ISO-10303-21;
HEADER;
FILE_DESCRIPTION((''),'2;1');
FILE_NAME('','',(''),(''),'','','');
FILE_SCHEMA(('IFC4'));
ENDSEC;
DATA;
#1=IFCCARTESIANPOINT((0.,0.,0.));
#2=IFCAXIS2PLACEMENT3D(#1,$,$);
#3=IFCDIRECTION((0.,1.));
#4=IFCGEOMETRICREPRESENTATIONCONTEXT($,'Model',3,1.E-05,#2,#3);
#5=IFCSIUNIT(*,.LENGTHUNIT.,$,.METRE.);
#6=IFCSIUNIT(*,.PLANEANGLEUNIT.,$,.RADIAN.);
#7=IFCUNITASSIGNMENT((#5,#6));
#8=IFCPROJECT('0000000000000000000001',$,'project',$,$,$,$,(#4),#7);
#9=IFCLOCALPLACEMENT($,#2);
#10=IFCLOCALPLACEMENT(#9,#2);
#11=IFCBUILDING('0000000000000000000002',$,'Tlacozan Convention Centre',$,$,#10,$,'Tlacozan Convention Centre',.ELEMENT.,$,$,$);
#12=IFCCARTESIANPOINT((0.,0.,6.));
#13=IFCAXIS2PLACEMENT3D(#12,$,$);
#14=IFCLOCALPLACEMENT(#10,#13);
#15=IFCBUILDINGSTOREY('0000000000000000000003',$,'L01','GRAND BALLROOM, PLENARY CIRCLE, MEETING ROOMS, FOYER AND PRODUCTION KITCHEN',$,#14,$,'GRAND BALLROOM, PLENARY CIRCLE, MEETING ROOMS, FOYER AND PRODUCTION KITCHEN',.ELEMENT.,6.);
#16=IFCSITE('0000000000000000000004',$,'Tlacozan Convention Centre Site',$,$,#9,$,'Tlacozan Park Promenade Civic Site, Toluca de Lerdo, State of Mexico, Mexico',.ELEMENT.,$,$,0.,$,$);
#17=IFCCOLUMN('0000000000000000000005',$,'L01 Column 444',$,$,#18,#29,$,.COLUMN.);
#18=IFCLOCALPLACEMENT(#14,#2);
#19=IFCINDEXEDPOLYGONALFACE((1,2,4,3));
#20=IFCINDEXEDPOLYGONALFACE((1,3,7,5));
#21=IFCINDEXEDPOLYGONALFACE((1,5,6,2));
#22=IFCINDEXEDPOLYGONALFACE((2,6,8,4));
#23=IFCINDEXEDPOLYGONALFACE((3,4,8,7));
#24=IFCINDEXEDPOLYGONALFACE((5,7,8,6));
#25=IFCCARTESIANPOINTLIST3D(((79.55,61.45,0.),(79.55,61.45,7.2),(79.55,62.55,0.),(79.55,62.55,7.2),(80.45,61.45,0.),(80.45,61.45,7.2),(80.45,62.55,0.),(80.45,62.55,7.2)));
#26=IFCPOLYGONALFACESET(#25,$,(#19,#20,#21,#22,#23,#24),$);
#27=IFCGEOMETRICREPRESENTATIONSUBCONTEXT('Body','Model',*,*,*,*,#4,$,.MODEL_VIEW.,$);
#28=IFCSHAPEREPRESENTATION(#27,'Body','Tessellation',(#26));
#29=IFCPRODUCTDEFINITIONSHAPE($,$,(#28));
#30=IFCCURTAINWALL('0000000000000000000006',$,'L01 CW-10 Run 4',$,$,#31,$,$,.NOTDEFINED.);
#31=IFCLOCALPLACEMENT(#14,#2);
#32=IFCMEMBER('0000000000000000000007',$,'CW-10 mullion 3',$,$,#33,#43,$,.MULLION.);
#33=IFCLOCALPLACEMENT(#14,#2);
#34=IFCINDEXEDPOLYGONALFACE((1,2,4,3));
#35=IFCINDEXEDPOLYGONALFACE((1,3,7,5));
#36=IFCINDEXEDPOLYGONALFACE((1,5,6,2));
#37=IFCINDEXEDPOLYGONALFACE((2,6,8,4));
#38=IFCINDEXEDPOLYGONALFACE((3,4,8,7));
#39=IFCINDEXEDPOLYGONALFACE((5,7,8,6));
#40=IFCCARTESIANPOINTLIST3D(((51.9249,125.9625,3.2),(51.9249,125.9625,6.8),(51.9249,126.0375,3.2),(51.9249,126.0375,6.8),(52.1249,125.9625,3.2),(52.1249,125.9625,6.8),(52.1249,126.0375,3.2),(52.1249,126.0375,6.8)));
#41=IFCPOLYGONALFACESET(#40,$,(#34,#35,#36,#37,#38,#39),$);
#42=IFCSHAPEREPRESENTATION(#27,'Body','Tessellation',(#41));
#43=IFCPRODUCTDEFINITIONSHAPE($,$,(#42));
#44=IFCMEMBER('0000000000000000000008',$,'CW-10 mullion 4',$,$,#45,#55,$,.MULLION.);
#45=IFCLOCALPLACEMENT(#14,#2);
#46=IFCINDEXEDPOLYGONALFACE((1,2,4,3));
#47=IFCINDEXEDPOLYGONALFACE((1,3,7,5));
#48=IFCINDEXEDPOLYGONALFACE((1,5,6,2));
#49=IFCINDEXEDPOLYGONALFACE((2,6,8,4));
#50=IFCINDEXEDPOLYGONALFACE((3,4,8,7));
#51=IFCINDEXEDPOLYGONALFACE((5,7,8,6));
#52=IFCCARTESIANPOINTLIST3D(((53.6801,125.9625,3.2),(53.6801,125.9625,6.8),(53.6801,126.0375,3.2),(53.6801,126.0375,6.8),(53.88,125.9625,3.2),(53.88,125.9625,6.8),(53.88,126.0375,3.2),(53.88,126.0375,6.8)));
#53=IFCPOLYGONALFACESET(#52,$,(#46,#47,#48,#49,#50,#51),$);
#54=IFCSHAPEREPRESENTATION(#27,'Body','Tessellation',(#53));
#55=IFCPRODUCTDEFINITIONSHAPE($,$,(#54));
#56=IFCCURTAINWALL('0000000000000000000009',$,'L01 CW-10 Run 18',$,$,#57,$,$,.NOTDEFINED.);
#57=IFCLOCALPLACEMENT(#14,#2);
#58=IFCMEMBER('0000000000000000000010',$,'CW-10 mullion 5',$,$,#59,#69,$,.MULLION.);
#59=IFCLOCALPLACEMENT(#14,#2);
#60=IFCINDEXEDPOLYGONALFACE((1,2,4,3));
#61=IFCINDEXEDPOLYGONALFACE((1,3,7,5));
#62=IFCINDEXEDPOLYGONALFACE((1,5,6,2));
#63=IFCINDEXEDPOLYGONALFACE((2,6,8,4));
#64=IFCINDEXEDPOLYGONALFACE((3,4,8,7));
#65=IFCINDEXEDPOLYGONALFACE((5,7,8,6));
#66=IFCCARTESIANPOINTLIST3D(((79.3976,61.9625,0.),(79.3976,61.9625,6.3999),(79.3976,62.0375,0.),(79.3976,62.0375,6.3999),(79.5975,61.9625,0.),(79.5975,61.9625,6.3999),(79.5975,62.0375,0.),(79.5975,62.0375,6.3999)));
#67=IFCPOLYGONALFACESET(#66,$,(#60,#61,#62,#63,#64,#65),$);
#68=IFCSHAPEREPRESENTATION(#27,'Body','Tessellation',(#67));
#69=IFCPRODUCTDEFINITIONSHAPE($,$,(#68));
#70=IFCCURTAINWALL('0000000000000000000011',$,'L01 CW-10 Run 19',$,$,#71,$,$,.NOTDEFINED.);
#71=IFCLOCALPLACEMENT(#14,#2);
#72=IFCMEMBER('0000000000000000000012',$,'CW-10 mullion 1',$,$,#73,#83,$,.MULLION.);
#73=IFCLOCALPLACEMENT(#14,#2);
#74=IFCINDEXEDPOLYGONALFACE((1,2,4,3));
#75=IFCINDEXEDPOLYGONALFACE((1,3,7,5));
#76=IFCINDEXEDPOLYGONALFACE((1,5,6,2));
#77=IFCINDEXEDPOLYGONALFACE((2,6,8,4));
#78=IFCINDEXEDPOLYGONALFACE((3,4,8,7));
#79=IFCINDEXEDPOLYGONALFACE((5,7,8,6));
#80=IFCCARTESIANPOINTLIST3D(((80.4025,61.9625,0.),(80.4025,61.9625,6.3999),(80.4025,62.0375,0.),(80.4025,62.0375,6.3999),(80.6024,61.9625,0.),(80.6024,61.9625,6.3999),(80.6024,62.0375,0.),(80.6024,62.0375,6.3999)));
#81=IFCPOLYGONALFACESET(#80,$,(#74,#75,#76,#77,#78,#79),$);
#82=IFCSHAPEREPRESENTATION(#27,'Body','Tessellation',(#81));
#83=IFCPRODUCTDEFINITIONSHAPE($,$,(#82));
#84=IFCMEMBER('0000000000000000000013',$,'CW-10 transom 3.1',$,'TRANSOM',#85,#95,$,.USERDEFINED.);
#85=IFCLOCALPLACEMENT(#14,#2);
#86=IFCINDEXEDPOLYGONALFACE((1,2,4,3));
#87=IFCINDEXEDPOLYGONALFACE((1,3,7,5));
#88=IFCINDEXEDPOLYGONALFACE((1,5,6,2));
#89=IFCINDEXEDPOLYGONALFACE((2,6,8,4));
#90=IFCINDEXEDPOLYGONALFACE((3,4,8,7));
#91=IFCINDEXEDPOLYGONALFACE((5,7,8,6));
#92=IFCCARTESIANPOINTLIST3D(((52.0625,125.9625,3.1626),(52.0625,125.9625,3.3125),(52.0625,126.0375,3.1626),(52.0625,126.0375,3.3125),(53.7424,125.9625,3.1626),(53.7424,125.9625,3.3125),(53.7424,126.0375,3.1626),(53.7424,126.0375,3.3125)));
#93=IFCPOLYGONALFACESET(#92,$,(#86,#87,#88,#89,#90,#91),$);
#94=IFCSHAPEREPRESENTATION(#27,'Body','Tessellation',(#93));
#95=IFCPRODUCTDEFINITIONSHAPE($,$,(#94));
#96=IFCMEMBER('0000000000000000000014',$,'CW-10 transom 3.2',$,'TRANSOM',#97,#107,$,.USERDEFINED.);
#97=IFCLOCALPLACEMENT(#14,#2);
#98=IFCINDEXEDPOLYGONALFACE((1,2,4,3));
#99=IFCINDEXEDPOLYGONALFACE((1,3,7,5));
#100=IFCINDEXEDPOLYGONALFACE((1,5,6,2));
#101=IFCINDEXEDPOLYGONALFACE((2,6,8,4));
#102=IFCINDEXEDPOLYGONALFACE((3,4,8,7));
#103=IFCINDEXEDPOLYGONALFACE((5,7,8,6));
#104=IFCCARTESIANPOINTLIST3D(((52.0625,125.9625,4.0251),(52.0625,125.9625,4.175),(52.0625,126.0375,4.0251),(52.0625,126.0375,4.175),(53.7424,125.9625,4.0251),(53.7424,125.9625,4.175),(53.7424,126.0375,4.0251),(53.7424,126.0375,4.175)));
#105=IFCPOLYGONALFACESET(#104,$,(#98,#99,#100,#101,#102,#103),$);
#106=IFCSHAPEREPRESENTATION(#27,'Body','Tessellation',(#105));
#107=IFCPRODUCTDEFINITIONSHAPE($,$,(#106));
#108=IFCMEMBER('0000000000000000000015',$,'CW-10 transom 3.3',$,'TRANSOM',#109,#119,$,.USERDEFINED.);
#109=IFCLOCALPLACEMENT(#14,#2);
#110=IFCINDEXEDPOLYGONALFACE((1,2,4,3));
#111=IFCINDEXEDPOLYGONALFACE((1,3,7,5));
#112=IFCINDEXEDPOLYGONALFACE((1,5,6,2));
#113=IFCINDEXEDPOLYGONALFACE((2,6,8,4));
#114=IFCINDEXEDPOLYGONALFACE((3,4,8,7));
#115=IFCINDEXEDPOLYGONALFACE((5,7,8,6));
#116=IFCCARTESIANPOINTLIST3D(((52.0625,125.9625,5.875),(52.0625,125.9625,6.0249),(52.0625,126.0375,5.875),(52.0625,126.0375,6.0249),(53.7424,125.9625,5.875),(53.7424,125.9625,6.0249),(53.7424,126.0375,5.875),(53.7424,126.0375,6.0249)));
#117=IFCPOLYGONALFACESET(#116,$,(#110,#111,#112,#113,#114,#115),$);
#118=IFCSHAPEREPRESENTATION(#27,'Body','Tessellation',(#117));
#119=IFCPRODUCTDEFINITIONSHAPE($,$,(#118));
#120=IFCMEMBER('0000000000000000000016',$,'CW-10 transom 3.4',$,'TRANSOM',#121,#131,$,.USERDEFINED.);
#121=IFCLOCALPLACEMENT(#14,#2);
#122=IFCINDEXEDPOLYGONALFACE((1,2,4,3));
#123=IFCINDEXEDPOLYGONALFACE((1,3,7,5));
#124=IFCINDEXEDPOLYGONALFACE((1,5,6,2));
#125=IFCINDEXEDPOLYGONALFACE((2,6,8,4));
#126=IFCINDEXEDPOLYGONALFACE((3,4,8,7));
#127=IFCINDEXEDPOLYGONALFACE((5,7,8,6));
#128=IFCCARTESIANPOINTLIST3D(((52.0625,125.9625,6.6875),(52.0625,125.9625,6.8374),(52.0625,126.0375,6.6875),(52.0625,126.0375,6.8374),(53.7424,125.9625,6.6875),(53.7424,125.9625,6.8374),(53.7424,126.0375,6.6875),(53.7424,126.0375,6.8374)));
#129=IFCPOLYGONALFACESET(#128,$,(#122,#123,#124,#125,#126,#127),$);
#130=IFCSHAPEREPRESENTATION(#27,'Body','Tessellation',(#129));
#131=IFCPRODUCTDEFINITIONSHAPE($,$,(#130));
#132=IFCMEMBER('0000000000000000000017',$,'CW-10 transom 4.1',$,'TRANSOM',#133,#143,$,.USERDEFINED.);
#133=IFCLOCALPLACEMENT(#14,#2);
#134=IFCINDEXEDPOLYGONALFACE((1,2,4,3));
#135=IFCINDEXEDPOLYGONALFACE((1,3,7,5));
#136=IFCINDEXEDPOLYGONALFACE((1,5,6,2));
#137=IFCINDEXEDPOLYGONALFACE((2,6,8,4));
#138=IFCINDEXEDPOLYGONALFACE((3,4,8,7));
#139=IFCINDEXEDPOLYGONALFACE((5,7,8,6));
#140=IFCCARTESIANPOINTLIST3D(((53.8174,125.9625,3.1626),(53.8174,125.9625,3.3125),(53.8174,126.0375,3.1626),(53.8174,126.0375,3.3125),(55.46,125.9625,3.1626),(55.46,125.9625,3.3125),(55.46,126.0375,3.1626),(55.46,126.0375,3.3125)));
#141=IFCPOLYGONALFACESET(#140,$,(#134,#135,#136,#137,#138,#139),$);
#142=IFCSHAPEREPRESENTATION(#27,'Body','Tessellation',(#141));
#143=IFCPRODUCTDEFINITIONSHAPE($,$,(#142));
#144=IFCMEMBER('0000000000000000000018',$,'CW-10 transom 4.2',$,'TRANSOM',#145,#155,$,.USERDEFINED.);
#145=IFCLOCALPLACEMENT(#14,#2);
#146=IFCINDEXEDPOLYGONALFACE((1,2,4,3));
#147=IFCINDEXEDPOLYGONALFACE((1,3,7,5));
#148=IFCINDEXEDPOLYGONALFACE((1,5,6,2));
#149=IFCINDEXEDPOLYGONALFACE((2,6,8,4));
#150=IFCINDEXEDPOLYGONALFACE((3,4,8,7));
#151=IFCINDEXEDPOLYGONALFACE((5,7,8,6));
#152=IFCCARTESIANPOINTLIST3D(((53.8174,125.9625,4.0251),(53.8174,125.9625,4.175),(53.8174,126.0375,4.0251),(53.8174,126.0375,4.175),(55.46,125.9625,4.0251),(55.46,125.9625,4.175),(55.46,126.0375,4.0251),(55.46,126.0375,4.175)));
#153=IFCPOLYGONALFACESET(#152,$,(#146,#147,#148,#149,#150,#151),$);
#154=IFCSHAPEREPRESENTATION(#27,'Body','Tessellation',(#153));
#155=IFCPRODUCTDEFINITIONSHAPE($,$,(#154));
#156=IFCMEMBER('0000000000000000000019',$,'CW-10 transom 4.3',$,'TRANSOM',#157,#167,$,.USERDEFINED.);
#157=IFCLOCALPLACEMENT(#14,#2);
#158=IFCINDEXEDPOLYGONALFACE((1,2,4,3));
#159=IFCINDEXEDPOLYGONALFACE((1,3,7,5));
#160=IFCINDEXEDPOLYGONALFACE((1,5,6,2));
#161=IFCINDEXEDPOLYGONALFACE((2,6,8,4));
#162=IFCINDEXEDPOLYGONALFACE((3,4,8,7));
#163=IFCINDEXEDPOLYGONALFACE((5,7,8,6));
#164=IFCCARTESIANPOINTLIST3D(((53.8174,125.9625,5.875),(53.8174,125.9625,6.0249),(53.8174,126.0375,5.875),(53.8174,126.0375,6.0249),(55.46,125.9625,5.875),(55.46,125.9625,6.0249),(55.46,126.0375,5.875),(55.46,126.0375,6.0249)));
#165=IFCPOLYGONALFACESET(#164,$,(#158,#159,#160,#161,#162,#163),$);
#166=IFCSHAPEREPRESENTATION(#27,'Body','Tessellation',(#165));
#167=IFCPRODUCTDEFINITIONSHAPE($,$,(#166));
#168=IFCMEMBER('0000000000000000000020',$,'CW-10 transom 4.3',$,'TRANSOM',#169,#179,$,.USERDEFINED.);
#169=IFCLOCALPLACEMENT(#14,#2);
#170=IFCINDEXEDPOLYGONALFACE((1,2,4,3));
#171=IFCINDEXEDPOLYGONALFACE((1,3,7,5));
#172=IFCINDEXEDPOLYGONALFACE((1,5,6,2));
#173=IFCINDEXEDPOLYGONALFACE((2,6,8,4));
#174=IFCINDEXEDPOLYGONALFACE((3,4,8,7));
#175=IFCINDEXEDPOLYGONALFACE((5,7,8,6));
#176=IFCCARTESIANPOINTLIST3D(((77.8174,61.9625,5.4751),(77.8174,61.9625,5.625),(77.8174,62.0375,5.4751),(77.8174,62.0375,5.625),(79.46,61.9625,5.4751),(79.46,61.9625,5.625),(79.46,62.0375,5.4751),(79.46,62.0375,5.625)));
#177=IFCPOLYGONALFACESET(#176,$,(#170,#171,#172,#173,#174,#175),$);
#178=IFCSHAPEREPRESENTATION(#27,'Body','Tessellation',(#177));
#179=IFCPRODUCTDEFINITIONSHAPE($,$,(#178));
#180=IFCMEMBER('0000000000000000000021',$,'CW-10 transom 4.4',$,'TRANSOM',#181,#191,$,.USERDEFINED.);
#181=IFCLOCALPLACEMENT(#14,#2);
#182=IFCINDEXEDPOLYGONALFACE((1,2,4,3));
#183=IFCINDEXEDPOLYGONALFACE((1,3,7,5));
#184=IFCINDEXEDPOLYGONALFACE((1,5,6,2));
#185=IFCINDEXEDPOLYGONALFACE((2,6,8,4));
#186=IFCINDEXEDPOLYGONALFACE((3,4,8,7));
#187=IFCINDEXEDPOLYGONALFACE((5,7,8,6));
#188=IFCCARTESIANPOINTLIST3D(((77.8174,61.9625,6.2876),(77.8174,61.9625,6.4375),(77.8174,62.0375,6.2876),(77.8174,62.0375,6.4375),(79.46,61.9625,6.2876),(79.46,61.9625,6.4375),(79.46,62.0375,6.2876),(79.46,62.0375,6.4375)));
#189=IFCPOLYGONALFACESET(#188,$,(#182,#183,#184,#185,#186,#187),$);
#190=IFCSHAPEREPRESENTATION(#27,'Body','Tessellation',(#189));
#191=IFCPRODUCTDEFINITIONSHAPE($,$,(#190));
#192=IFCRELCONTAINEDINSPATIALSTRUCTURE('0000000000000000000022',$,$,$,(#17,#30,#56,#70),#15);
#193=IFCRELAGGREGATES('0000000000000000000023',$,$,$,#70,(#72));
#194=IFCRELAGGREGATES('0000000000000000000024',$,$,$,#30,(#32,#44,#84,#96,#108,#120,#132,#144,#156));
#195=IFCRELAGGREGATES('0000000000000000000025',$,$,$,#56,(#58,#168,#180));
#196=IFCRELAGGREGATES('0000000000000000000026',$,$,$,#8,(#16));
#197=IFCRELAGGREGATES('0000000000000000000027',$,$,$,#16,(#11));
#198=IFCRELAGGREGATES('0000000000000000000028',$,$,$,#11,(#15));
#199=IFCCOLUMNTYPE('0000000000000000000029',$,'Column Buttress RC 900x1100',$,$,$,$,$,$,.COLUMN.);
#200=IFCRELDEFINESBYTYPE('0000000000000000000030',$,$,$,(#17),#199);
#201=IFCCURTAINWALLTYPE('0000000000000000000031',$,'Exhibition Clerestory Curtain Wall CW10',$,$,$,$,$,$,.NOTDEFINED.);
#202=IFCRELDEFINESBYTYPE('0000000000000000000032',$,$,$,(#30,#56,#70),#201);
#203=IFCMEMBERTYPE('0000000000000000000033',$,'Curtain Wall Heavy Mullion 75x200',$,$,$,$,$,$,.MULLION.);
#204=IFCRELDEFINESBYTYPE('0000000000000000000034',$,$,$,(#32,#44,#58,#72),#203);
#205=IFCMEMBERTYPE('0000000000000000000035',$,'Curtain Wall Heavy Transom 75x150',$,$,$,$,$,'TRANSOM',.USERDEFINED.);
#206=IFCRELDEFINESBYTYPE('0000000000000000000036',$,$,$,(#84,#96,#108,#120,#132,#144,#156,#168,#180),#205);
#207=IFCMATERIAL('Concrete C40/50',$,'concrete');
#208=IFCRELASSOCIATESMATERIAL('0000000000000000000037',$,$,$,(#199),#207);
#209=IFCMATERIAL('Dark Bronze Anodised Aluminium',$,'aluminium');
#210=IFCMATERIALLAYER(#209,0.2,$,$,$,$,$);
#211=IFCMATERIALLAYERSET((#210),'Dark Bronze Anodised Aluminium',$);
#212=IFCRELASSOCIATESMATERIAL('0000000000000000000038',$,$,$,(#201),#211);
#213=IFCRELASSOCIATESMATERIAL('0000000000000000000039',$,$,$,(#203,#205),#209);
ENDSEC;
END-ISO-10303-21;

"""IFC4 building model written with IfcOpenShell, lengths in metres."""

from ifc_helpers import new_model, si_unit, direction, frame, origin, origin_2d, place, context, subcontext, project, spatial, rectangle, extrude, material, layer, layer_set, material_profile, profile_set, type_object, element, aggregate, save


model = new_model("IFC4")

# Units and contexts
model_context = context("Model", 3, precision=1e-05, world=origin(), true_north=direction((0.0, 1.0)))
body_context = subcontext(model_context, "Body", "Model", "MODEL_VIEW")
ifc_project = project(units=[si_unit("LENGTHUNIT", "METRE"), si_unit("PLANEANGLEUNIT", "RADIAN")], contexts=[model_context])

# Site, building, storey
site_placement = place(None, origin())
site = spatial("IfcSite", under=ifc_project, at=site_placement, Name="Tlacozan Convention Centre Site", LongName="Tlacozan Park Promenade Civic Site, Toluca de Lerdo, State of Mexico, Mexico", CompositionType="ELEMENT", RefElevation=0.0)
building_placement = place(site_placement, origin())
building = spatial("IfcBuilding", under=site, at=building_placement, Name="Tlacozan Convention Centre", LongName="Tlacozan Convention Centre", CompositionType="ELEMENT")
storey_placement = place(building_placement, frame((0.0, 0.0, 6.0)))
storey = spatial("IfcBuildingStorey", under=building, at=storey_placement, Name="L01", Description="GRAND BALLROOM, PLENARY CIRCLE, MEETING ROOMS, FOYER AND PRODUCTION KITCHEN", LongName="GRAND BALLROOM, PLENARY CIRCLE, MEETING ROOMS, FOYER AND PRODUCTION KITCHEN", CompositionType="ELEMENT", Elevation=6.0)

# Column
ifc_material_1 = material(Name="Concrete C40/50", Category="concrete")
ifc_material_profile_1 = material_profile(ifc_material_1, rectangle(XDim=0.8999, YDim=1.1001, at=origin_2d()), Name="RC 900x1100")
ifc_profile_set_1 = profile_set([ifc_material_profile_1], Name="Concrete C40/50")
column_type = type_object("IfcColumnType", Name="Column Buttress RC 900x1100", PredefinedType="COLUMN", material=ifc_profile_set_1)
column_placement = place(storey_placement, frame((80.0, 62.0, 0.0), z_axis=(0.0, 0.0, 1.0), x_axis=(1.0, 0.0, 0.0)))
element("IfcColumn", 1, at=column_placement, inside=storey, type_object=column_type, Name="L01 Column 444", PredefinedType="COLUMN", context=body_context, shape_type="SweptSolid", body=[
    extrude(rectangle(XDim=0.8999, YDim=1.1001, at=origin_2d()), origin(), (0.0, 0.0, 1.0), 7.2),
])

# Curtain wall, members
ifc_material_2 = material(Name="Dark Bronze Anodised Aluminium", Category="aluminium")
ifc_layer_1 = layer(ifc_material_2, 0.2)
ifc_layer_set_1 = layer_set([ifc_layer_1], Name="Dark Bronze Anodised Aluminium")
curtain_wall_type = type_object("IfcCurtainWallType", Name="Exhibition Clerestory Curtain Wall CW10", PredefinedType="NOTDEFINED", material=ifc_layer_set_1)
curtain_wall_1_placement = place(storey_placement, origin())
curtain_wall_1 = element("IfcCurtainWall", 2, at=curtain_wall_1_placement, inside=storey, type_object=curtain_wall_type, Name="L01 CW-10 Run 4", PredefinedType="NOTDEFINED")
ifc_material_profile_2 = material_profile(ifc_material_2, rectangle(XDim=0.075, YDim=0.2, at=origin_2d()), Name="ALU 75x200")
ifc_profile_set_2 = profile_set([ifc_material_profile_2], Name="Dark Bronze Anodised Aluminium")
member_type_1 = type_object("IfcMemberType", Name="Curtain Wall Heavy Mullion 75x200", PredefinedType="MULLION", material=ifc_profile_set_2)
member_1_placement = place(storey_placement, frame((52.0249, 126.0, 3.2), z_axis=(0.0, 0.0, 1.0), x_axis=(0.0, 1.0, 0.0)))
member_1 = element("IfcMember", 3, at=member_1_placement, type_object=member_type_1, Name="CW-10 mullion 3", PredefinedType="MULLION", context=body_context, shape_type="SweptSolid", body=[
    extrude(rectangle(XDim=0.075, YDim=0.2, at=origin_2d()), origin(), (0.0, 0.0, 1.0), 3.6001),
])
member_2_placement = place(storey_placement, frame((53.78, 126.0, 3.2), z_axis=(0.0, 0.0, 1.0), x_axis=(0.0, 1.0, 0.0)))
member_2 = element("IfcMember", 4, at=member_2_placement, type_object=member_type_1, Name="CW-10 mullion 4", PredefinedType="MULLION", context=body_context, shape_type="SweptSolid", body=[
    extrude(rectangle(XDim=0.075, YDim=0.2, at=origin_2d()), origin(), (0.0, 0.0, 1.0), 3.6001),
])

# Curtain walls, members
curtain_wall_2_placement = place(storey_placement, origin())
curtain_wall_2 = element("IfcCurtainWall", 5, at=curtain_wall_2_placement, inside=storey, type_object=curtain_wall_type, Name="L01 CW-10 Run 18", PredefinedType="NOTDEFINED")
member_3_placement = place(storey_placement, frame((79.4976, 62.0, 0.0), z_axis=(0.0, 0.0, 1.0), x_axis=(0.0, 1.0, 0.0)))
member_3 = element("IfcMember", 6, at=member_3_placement, type_object=member_type_1, Name="CW-10 mullion 5", PredefinedType="MULLION", context=body_context, shape_type="SweptSolid", body=[
    extrude(rectangle(XDim=0.075, YDim=0.2, at=origin_2d()), origin(), (0.0, 0.0, 1.0), 6.3999),
])
curtain_wall_3_placement = place(storey_placement, origin())
curtain_wall_3 = element("IfcCurtainWall", 7, at=curtain_wall_3_placement, inside=storey, type_object=curtain_wall_type, Name="L01 CW-10 Run 19", PredefinedType="NOTDEFINED")
member_4_placement = place(storey_placement, frame((80.5024, 62.0, 0.0), z_axis=(0.0, 0.0, 1.0), x_axis=(0.0, 1.0, 0.0)))
member_4 = element("IfcMember", 8, at=member_4_placement, type_object=member_type_1, Name="CW-10 mullion 1", PredefinedType="MULLION", context=body_context, shape_type="SweptSolid", body=[
    extrude(rectangle(XDim=0.075, YDim=0.2, at=origin_2d()), origin(), (0.0, 0.0, 1.0), 6.3999),
])
aggregate(curtain_wall_3, [member_4])

# Members
ifc_material_profile_3 = material_profile(ifc_material_2, rectangle(XDim=0.075, YDim=0.1499, at=origin_2d()), Name="ALU 75x150")
ifc_profile_set_3 = profile_set([ifc_material_profile_3], Name="Dark Bronze Anodised Aluminium")
member_type_2 = type_object("IfcMemberType", Name="Curtain Wall Heavy Transom 75x150", ElementType="TRANSOM", PredefinedType="USERDEFINED", material=ifc_profile_set_3)
member_5_placement = place(storey_placement, frame((52.0625, 126.0, 3.2375), z_axis=(1.0, 0.0, 0.0), x_axis=(0.0, 1.0, 0.0)))
member_5 = element("IfcMember", 9, at=member_5_placement, type_object=member_type_2, Name="CW-10 transom 3.1", ObjectType="TRANSOM", PredefinedType="USERDEFINED", context=body_context, shape_type="SweptSolid", body=[
    extrude(rectangle(XDim=0.075, YDim=0.1499, at=origin_2d()), origin(), (0.0, 0.0, 1.0), 1.6799),
])
member_6_placement = place(storey_placement, frame((52.0625, 126.0, 4.1001), z_axis=(1.0, 0.0, 0.0), x_axis=(0.0, 1.0, 0.0)))
member_6 = element("IfcMember", 10, at=member_6_placement, type_object=member_type_2, Name="CW-10 transom 3.2", ObjectType="TRANSOM", PredefinedType="USERDEFINED", context=body_context, shape_type="SweptSolid", body=[
    extrude(rectangle(XDim=0.075, YDim=0.1499, at=origin_2d()), origin(), (0.0, 0.0, 1.0), 1.6799),
])
member_7_placement = place(storey_placement, frame((52.0625, 126.0, 5.95), z_axis=(1.0, 0.0, 0.0), x_axis=(0.0, 1.0, 0.0)))
member_7 = element("IfcMember", 11, at=member_7_placement, type_object=member_type_2, Name="CW-10 transom 3.3", ObjectType="TRANSOM", PredefinedType="USERDEFINED", context=body_context, shape_type="SweptSolid", body=[
    extrude(rectangle(XDim=0.075, YDim=0.1499, at=origin_2d()), origin(), (0.0, 0.0, 1.0), 1.6799),
])
member_8_placement = place(storey_placement, frame((52.0625, 126.0, 6.7625), z_axis=(1.0, 0.0, 0.0), x_axis=(0.0, 1.0, 0.0)))
member_8 = element("IfcMember", 12, at=member_8_placement, type_object=member_type_2, Name="CW-10 transom 3.4", ObjectType="TRANSOM", PredefinedType="USERDEFINED", context=body_context, shape_type="SweptSolid", body=[
    extrude(rectangle(XDim=0.075, YDim=0.1499, at=origin_2d()), origin(), (0.0, 0.0, 1.0), 1.6799),
])
member_9_placement = place(storey_placement, frame((53.8174, 126.0, 3.2375), z_axis=(1.0, 0.0, 0.0), x_axis=(0.0, 1.0, 0.0)))
member_9 = element("IfcMember", 13, at=member_9_placement, type_object=member_type_2, Name="CW-10 transom 4.1", ObjectType="TRANSOM", PredefinedType="USERDEFINED", context=body_context, shape_type="SweptSolid", body=[
    extrude(rectangle(XDim=0.075, YDim=0.1499, at=origin_2d()), origin(), (0.0, 0.0, 1.0), 1.6426),
])
member_10_placement = place(storey_placement, frame((53.8174, 126.0, 4.1001), z_axis=(1.0, 0.0, 0.0), x_axis=(0.0, 1.0, 0.0)))
member_10 = element("IfcMember", 14, at=member_10_placement, type_object=member_type_2, Name="CW-10 transom 4.2", ObjectType="TRANSOM", PredefinedType="USERDEFINED", context=body_context, shape_type="SweptSolid", body=[
    extrude(rectangle(XDim=0.075, YDim=0.1499, at=origin_2d()), origin(), (0.0, 0.0, 1.0), 1.6426),
])
member_11_placement = place(storey_placement, frame((53.8174, 126.0, 5.95), z_axis=(1.0, 0.0, 0.0), x_axis=(0.0, 1.0, 0.0)))
member_11 = element("IfcMember", 15, at=member_11_placement, type_object=member_type_2, Name="CW-10 transom 4.3", ObjectType="TRANSOM", PredefinedType="USERDEFINED", context=body_context, shape_type="SweptSolid", body=[
    extrude(rectangle(XDim=0.075, YDim=0.1499, at=origin_2d()), origin(), (0.0, 0.0, 1.0), 1.6426),
])
member_12_placement = place(storey_placement, frame((77.8174, 62.0, 5.55), z_axis=(1.0, 0.0, 0.0), x_axis=(0.0, 1.0, 0.0)))
member_12 = element("IfcMember", 16, at=member_12_placement, type_object=member_type_2, Name="CW-10 transom 4.3", ObjectType="TRANSOM", PredefinedType="USERDEFINED", context=body_context, shape_type="SweptSolid", body=[
    extrude(rectangle(XDim=0.075, YDim=0.1499, at=origin_2d()), origin(), (0.0, 0.0, 1.0), 1.6426),
])
member_13_placement = place(storey_placement, frame((77.8174, 62.0, 6.3625), z_axis=(1.0, 0.0, 0.0), x_axis=(0.0, 1.0, 0.0)))
member_13 = element("IfcMember", 17, at=member_13_placement, type_object=member_type_2, Name="CW-10 transom 4.4", ObjectType="TRANSOM", PredefinedType="USERDEFINED", context=body_context, shape_type="SweptSolid", body=[
    extrude(rectangle(XDim=0.075, YDim=0.1499, at=origin_2d()), origin(), (0.0, 0.0, 1.0), 1.6426),
])

aggregate(curtain_wall_1, [member_1, member_2, member_5, member_6, member_7, member_8, member_9, member_10, member_11])
aggregate(curtain_wall_2, [member_3, member_12, member_13])

save(model, "model.ifc")
